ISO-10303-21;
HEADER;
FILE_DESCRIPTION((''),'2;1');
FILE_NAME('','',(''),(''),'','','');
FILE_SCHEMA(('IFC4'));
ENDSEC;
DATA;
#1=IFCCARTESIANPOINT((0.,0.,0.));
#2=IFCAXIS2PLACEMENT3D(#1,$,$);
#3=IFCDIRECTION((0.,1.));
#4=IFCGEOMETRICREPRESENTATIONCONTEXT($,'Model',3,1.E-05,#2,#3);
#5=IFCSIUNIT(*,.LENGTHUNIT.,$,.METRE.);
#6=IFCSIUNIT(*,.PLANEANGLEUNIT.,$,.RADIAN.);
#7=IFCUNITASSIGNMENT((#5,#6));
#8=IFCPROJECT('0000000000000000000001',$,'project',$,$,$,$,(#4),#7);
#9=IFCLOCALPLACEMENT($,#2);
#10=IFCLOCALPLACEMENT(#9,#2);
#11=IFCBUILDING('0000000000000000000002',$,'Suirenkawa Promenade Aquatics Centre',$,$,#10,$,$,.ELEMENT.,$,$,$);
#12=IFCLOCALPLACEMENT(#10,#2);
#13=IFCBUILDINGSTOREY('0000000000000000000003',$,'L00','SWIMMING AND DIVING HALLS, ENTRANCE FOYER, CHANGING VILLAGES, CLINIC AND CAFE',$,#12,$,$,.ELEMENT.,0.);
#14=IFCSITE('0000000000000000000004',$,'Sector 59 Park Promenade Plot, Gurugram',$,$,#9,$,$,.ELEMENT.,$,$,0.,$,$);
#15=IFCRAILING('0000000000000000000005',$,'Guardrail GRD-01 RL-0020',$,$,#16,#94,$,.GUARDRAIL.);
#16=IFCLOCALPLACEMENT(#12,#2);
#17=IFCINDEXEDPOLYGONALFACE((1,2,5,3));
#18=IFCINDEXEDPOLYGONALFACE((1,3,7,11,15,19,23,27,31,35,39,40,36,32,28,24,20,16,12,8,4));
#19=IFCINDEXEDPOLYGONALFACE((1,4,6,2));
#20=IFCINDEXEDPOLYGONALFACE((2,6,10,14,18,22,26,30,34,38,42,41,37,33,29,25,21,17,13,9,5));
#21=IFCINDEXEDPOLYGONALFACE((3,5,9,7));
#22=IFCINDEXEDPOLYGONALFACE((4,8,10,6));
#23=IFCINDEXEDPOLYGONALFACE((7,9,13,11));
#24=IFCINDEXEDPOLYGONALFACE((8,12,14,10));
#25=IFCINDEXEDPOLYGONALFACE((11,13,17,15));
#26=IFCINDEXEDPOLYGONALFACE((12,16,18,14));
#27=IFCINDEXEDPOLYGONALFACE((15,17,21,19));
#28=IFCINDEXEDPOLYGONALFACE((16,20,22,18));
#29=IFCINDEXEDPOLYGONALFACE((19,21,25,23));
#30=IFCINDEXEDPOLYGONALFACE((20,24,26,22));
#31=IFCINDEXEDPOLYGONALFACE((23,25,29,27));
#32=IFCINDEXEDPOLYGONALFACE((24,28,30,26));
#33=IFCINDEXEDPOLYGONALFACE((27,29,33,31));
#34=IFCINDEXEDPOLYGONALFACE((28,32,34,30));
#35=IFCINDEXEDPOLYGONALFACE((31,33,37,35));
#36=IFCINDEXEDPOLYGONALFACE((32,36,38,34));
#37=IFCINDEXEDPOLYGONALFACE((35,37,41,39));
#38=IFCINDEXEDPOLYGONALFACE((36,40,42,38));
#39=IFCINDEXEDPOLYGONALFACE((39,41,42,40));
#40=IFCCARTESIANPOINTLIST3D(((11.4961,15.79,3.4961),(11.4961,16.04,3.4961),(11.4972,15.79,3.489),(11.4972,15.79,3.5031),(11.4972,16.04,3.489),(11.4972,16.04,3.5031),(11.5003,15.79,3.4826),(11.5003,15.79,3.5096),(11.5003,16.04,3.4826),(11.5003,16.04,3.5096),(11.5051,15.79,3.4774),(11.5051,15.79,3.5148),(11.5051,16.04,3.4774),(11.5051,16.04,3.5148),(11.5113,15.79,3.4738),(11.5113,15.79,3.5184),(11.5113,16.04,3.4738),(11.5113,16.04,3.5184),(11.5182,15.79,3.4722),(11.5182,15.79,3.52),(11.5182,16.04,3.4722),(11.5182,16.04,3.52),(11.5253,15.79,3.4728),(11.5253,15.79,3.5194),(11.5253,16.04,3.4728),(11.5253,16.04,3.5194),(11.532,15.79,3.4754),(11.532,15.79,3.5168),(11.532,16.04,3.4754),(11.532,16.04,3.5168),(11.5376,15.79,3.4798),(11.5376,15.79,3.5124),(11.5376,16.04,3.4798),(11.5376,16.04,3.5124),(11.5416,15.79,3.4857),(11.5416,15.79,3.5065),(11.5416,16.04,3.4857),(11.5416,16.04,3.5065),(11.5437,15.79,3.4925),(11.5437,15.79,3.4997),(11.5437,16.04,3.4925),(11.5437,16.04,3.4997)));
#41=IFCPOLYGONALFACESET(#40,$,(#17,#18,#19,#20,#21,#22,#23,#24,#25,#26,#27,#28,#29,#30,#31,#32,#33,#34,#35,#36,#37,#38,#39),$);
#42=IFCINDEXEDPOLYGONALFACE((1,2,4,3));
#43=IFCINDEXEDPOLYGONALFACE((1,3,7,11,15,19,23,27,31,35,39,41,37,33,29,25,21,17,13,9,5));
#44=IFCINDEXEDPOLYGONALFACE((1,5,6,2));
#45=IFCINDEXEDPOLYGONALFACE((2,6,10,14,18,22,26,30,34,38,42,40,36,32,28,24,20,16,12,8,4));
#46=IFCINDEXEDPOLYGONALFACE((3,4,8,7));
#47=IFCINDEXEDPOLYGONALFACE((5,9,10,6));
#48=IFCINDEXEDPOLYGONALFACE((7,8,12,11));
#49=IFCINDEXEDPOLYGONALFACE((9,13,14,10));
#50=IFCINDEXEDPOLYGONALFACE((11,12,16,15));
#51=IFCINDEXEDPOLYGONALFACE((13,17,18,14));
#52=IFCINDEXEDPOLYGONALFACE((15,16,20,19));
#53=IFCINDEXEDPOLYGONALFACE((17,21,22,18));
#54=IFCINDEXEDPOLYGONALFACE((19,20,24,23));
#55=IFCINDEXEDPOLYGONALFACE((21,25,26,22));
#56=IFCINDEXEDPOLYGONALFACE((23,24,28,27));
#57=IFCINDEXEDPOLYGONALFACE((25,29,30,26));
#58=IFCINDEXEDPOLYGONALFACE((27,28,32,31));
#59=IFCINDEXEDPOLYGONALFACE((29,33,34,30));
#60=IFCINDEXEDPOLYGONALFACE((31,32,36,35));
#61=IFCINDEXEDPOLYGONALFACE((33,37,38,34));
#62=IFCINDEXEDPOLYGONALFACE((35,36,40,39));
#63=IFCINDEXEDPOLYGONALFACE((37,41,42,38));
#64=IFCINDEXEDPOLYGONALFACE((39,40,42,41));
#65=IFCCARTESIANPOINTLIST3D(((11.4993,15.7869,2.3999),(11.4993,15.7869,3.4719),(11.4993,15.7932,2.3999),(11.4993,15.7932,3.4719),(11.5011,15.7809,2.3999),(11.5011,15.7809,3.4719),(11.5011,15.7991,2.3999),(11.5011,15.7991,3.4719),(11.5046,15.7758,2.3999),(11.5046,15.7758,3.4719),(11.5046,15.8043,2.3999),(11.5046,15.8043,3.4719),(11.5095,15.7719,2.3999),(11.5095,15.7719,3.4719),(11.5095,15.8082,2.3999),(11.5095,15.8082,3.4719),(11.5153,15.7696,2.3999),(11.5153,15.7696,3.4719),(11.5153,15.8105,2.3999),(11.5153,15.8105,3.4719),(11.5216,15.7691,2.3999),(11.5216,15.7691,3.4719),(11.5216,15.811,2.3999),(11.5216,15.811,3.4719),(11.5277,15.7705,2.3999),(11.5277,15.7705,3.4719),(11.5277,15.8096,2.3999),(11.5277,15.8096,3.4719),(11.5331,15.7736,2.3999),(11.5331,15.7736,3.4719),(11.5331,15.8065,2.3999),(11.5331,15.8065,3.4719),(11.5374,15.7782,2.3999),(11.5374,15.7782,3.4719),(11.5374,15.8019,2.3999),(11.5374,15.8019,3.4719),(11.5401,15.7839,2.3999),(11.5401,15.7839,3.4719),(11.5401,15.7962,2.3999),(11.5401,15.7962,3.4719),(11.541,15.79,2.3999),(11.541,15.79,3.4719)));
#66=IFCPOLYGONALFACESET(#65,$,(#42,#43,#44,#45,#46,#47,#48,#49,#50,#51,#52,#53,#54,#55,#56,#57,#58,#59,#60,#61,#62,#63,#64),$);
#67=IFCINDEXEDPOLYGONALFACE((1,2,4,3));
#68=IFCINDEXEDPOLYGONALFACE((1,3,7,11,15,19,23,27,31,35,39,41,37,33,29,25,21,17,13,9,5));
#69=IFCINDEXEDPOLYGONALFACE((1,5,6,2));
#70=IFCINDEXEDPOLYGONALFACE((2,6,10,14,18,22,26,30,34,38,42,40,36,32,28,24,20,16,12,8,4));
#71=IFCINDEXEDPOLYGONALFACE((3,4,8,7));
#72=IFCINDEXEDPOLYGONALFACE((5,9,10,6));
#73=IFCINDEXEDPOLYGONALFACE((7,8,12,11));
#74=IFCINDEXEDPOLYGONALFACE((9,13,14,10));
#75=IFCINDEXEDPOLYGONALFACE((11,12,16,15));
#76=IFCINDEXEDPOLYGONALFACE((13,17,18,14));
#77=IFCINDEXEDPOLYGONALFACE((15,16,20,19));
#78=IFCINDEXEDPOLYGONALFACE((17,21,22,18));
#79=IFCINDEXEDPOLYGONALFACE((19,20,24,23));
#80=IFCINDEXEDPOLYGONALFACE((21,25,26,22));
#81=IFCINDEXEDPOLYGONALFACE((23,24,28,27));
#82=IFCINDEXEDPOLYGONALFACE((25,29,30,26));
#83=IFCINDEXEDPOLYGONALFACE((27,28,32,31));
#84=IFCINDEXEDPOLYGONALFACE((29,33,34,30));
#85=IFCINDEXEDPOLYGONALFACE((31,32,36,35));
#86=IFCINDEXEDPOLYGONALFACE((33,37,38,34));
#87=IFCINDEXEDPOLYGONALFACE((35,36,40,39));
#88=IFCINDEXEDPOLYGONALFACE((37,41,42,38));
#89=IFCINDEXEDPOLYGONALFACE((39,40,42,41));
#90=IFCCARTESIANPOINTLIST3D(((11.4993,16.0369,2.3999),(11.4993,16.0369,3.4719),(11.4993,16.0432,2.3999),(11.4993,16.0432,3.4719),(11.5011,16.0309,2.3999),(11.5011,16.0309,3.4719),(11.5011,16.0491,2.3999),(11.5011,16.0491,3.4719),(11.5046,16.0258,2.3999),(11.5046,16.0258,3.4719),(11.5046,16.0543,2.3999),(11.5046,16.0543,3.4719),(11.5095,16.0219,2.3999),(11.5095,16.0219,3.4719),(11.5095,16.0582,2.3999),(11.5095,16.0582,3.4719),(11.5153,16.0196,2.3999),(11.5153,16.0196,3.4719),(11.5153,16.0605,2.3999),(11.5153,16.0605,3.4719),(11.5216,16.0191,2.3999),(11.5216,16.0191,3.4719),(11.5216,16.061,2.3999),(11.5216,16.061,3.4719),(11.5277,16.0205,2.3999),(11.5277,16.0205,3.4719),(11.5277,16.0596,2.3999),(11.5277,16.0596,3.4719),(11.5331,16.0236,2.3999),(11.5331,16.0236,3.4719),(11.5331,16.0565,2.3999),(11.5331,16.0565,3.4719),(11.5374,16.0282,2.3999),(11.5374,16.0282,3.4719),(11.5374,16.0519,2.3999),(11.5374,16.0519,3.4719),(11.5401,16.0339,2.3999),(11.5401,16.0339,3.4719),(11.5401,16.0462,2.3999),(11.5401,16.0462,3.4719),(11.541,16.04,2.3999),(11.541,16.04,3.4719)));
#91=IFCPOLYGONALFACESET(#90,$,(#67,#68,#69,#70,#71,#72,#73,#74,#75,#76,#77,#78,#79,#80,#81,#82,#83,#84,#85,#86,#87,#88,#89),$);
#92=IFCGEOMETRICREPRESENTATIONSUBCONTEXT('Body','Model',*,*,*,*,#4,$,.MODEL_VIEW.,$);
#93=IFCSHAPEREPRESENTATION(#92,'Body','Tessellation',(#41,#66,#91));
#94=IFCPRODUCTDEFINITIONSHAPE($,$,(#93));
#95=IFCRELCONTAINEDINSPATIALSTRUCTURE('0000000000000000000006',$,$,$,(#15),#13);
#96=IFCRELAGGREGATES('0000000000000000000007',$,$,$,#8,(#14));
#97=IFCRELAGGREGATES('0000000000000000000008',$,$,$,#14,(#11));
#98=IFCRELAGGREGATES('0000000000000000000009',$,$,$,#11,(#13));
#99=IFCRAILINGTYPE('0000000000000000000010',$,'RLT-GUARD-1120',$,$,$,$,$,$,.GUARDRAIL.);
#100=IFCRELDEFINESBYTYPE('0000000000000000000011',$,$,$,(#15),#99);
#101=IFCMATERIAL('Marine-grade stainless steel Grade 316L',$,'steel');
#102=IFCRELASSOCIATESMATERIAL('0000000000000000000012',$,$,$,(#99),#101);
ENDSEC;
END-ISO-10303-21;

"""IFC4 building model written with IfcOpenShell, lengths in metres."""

from ifc_helpers import new_model, si_unit, direction, frame, origin, origin_2d, place, context, subcontext, project, spatial, circle, extrude, material, type_object, element, save


model = new_model("IFC4")

# Units and contexts
model_context = context("Model", 3, precision=1e-05, world=origin(), true_north=direction((0.0, 1.0)))
body_context = subcontext(model_context, "Body", "Model", "MODEL_VIEW")
ifc_project = project(units=[si_unit("LENGTHUNIT", "METRE"), si_unit("PLANEANGLEUNIT", "RADIAN")], contexts=[model_context])

# Site, building, storey
site_placement = place(None, origin())
site = spatial("IfcSite", under=ifc_project, at=site_placement, Name="Sector 59 Park Promenade Plot, Gurugram", CompositionType="ELEMENT", RefElevation=0.0)
building_placement = place(site_placement, origin())
building = spatial("IfcBuilding", under=site, at=building_placement, Name="Suirenkawa Promenade Aquatics Centre", CompositionType="ELEMENT")
storey_placement = place(building_placement, origin())
storey = spatial("IfcBuildingStorey", under=building, at=storey_placement, Name="L00", Description="SWIMMING AND DIVING HALLS, ENTRANCE FOYER, CHANGING VILLAGES, CLINIC AND CAFE", CompositionType="ELEMENT", Elevation=0.0)

# Railing
ifc_material_1 = material(Name="Marine-grade stainless steel Grade 316L", Category="steel")
railing_type_1 = type_object("IfcRailingType", Name="RLT-GUARD-1120", PredefinedType="GUARDRAIL", material=ifc_material_1)
railing_1_placement = place(storey_placement, frame((11.52, 15.79, 2.3999)))
element("IfcRailing", 1, at=railing_1_placement, inside=storey, type_object=railing_type_1, Name="Guardrail GRD-01 RL-0020", PredefinedType="GUARDRAIL", context=body_context, shape_type="SweptSolid", body=[
    extrude(circle(Radius=0.0239, at=origin_2d()), frame((0.0, 0.0, 1.0962), z_axis=(0.0, 1.0, 0.0), x_axis=(-1.0, 0.0, 0.0)), (0.0, 0.0, 1.0), 0.25),
    extrude(circle(Radius=0.021, at=origin_2d()), origin(), (0.0, 0.0, 1.0), 1.072),
    extrude(circle(Radius=0.021, at=origin_2d()), frame((0.0, 0.25, 0.0)), (0.0, 0.0, 1.0), 1.072),
])

save(model, "model.ifc")
